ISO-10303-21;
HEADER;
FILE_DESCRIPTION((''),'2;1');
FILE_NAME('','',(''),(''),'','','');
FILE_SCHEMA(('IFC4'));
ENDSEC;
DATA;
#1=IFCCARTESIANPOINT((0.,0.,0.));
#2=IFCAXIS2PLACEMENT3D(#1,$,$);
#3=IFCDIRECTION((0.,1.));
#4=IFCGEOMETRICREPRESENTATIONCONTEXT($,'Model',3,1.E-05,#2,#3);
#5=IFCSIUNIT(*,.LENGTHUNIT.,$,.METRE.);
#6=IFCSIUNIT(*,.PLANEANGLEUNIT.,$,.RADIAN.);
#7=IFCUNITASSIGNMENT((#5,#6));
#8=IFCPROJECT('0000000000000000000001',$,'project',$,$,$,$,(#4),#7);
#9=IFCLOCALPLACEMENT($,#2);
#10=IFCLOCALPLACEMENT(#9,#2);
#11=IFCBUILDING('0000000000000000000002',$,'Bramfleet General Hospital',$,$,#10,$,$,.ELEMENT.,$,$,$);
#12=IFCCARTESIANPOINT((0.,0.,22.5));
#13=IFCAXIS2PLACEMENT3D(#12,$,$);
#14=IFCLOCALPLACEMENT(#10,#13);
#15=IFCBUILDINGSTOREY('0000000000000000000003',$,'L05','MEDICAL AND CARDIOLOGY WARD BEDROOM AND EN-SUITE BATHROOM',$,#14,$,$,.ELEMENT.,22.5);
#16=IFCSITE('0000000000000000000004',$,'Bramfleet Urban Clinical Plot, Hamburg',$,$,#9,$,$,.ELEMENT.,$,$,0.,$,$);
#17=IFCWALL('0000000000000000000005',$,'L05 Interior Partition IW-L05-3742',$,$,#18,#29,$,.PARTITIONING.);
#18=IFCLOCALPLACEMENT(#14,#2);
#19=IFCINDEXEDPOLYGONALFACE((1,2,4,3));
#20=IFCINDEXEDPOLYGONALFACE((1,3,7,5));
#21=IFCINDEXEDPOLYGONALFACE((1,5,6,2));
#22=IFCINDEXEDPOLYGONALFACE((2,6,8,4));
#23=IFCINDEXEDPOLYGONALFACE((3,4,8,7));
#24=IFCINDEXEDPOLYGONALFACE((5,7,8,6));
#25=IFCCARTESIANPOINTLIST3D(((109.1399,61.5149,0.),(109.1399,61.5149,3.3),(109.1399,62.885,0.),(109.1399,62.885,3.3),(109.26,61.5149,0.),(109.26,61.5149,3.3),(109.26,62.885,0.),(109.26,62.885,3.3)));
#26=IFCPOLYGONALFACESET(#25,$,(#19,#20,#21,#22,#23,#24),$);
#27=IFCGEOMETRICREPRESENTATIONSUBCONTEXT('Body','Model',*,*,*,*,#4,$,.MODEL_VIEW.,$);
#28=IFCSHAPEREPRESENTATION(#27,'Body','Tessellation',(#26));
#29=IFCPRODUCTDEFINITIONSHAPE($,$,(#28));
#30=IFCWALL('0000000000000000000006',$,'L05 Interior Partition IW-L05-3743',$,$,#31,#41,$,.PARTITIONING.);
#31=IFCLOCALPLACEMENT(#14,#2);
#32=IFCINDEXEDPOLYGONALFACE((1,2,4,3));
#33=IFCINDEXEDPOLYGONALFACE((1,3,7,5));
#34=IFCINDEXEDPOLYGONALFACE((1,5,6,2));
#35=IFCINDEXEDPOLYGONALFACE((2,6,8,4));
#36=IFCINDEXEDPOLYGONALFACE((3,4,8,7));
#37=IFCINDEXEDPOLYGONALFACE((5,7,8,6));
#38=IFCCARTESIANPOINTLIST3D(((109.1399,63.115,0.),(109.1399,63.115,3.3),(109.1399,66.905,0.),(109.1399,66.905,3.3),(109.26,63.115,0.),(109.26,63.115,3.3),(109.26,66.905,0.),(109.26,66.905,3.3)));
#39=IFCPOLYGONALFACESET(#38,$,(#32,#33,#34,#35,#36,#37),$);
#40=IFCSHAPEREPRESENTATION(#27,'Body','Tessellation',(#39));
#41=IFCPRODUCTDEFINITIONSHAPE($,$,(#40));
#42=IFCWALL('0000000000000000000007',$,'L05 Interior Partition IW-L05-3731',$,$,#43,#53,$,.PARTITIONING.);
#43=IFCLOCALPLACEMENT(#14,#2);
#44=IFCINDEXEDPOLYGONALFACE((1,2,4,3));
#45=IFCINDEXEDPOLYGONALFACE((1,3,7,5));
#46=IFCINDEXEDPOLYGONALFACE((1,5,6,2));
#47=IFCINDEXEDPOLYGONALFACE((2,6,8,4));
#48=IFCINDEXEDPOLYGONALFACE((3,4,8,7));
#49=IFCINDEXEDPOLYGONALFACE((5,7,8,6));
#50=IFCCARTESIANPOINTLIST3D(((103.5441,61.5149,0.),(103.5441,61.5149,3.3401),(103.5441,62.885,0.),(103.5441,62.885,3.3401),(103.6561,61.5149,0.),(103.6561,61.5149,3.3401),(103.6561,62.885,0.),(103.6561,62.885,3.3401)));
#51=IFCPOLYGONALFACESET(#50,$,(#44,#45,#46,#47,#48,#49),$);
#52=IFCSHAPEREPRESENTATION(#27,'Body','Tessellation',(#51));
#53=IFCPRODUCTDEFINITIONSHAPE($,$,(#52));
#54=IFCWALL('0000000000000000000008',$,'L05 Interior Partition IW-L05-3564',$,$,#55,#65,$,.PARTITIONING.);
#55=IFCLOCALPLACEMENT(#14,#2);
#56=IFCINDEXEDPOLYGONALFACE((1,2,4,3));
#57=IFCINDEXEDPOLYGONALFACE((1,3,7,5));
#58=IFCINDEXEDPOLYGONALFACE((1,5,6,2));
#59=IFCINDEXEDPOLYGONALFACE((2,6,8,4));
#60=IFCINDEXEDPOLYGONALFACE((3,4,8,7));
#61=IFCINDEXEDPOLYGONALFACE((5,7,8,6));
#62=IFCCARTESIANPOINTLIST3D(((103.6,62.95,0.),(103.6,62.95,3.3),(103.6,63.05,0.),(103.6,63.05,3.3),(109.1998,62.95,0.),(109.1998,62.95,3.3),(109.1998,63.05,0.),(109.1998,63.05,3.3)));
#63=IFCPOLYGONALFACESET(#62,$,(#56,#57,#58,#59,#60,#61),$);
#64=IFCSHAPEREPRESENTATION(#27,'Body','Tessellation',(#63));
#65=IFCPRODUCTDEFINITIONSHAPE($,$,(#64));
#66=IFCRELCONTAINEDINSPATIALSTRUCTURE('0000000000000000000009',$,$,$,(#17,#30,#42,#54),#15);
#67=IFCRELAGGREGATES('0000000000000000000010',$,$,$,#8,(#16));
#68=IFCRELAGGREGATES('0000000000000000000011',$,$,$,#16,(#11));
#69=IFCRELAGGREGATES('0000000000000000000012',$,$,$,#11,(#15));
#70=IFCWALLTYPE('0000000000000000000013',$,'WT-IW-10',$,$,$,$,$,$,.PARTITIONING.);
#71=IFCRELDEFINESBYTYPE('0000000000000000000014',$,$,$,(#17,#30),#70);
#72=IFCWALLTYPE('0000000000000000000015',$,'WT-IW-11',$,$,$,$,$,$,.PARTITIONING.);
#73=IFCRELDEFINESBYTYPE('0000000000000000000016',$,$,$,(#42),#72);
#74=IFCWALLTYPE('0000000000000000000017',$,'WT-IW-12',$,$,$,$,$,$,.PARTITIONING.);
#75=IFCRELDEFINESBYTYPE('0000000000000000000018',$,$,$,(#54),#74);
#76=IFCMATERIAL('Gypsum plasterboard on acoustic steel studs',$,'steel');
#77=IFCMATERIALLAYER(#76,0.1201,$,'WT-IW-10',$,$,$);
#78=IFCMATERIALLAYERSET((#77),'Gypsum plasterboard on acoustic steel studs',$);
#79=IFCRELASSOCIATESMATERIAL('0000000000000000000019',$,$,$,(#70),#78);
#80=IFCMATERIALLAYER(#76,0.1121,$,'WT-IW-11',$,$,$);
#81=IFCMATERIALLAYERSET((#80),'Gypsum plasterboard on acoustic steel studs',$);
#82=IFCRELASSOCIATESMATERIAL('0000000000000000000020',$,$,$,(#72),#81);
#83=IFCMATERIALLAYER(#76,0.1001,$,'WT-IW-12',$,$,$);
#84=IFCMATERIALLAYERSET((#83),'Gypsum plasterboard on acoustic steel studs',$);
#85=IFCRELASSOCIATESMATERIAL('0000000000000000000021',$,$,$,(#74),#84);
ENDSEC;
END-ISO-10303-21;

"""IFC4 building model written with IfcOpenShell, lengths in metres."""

from ifc_helpers import new_model, si_unit, direction, frame, frame_2d, origin, place, context, subcontext, project, spatial, rectangle, extrude, material, layer, layer_set, type_object, element, save


model = new_model("IFC4")

# Units and contexts
model_context = context("Model", 3, precision=1e-05, world=origin(), true_north=direction((0.0, 1.0)))
body_context = subcontext(model_context, "Body", "Model", "MODEL_VIEW")
ifc_project = project(units=[si_unit("LENGTHUNIT", "METRE"), si_unit("PLANEANGLEUNIT", "RADIAN")], contexts=[model_context])

# Site, building, storey
site_placement = place(None, origin())
site = spatial("IfcSite", under=ifc_project, at=site_placement, Name="Bramfleet Urban Clinical Plot, Hamburg", CompositionType="ELEMENT", RefElevation=0.0)
building_placement = place(site_placement, origin())
building = spatial("IfcBuilding", under=site, at=building_placement, Name="Bramfleet General Hospital", CompositionType="ELEMENT")
storey_placement = place(building_placement, frame((0.0, 0.0, 22.5)))
storey = spatial("IfcBuildingStorey", under=building, at=storey_placement, Name="L05", Description="MEDICAL AND CARDIOLOGY WARD BEDROOM AND EN-SUITE BATHROOM", CompositionType="ELEMENT", Elevation=22.5)

# Shared definitions
ifc_material_1 = material(Name="Gypsum plasterboard on acoustic steel studs", Category="steel")

# Shared definitions
ifc_layer_1 = layer(ifc_material_1, 0.1201, Name="WT-IW-10")
ifc_layer_set_1 = layer_set([ifc_layer_1], Name="Gypsum plasterboard on acoustic steel studs")
wall_type_1 = type_object("IfcWallType", Name="WT-IW-10", PredefinedType="PARTITIONING", material=ifc_layer_set_1)

# Walls
wall_1_placement = place(storey_placement, frame((109.2, 61.5149, 0.0), z_axis=(0.0, 0.0, 1.0), x_axis=(0.0, 1.0, 0.0)))
element("IfcWall", 1, at=wall_1_placement, inside=storey, type_object=wall_type_1, Name="L05 Interior Partition IW-L05-3742", PredefinedType="PARTITIONING", context=body_context, shape_type="SweptSolid", body=[
    extrude(rectangle(XDim=1.3701, YDim=0.1201, at=frame_2d((0.6851, 0.0))), origin(), (0.0, 0.0, 1.0), 3.3),
])
wall_2_placement = place(storey_placement, frame((109.2, 63.115, 0.0), z_axis=(0.0, 0.0, 1.0), x_axis=(0.0, 1.0, 0.0)))
element("IfcWall", 2, at=wall_2_placement, inside=storey, type_object=wall_type_1, Name="L05 Interior Partition IW-L05-3743", PredefinedType="PARTITIONING", context=body_context, shape_type="SweptSolid", body=[
    extrude(rectangle(XDim=3.79, YDim=0.1201, at=frame_2d((1.895, 0.0))), origin(), (0.0, 0.0, 1.0), 3.3),
])
ifc_layer_2 = layer(ifc_material_1, 0.1121, Name="WT-IW-11")
ifc_layer_set_2 = layer_set([ifc_layer_2], Name="Gypsum plasterboard on acoustic steel studs")
wall_type_2 = type_object("IfcWallType", Name="WT-IW-11", PredefinedType="PARTITIONING", material=ifc_layer_set_2)
wall_3_placement = place(storey_placement, frame((103.6001, 61.5149, 0.0), z_axis=(0.0, 0.0, 1.0), x_axis=(0.0, 1.0, 0.0)))
element("IfcWall", 3, at=wall_3_placement, inside=storey, type_object=wall_type_2, Name="L05 Interior Partition IW-L05-3731", PredefinedType="PARTITIONING", context=body_context, shape_type="SweptSolid", body=[
    extrude(rectangle(XDim=1.3701, YDim=0.1121, at=frame_2d((0.6851, 0.0))), origin(), (0.0, 0.0, 1.0), 3.3401),
])
ifc_layer_3 = layer(ifc_material_1, 0.1001, Name="WT-IW-12")
ifc_layer_set_3 = layer_set([ifc_layer_3], Name="Gypsum plasterboard on acoustic steel studs")
wall_type_3 = type_object("IfcWallType", Name="WT-IW-12", PredefinedType="PARTITIONING", material=ifc_layer_set_3)
wall_4_placement = place(storey_placement, frame((103.6001, 63.0, 0.0), z_axis=(0.0, 0.0, 1.0), x_axis=(1.0, 0.0, 0.0)))
element("IfcWall", 4, at=wall_4_placement, inside=storey, type_object=wall_type_3, Name="L05 Interior Partition IW-L05-3564", PredefinedType="PARTITIONING", context=body_context, shape_type="SweptSolid", body=[
    extrude(rectangle(XDim=5.5999, YDim=0.1001, at=frame_2d((2.7998, 0.0))), origin(), (0.0, 0.0, 1.0), 3.3),
])

save(model, "model.ifc")
